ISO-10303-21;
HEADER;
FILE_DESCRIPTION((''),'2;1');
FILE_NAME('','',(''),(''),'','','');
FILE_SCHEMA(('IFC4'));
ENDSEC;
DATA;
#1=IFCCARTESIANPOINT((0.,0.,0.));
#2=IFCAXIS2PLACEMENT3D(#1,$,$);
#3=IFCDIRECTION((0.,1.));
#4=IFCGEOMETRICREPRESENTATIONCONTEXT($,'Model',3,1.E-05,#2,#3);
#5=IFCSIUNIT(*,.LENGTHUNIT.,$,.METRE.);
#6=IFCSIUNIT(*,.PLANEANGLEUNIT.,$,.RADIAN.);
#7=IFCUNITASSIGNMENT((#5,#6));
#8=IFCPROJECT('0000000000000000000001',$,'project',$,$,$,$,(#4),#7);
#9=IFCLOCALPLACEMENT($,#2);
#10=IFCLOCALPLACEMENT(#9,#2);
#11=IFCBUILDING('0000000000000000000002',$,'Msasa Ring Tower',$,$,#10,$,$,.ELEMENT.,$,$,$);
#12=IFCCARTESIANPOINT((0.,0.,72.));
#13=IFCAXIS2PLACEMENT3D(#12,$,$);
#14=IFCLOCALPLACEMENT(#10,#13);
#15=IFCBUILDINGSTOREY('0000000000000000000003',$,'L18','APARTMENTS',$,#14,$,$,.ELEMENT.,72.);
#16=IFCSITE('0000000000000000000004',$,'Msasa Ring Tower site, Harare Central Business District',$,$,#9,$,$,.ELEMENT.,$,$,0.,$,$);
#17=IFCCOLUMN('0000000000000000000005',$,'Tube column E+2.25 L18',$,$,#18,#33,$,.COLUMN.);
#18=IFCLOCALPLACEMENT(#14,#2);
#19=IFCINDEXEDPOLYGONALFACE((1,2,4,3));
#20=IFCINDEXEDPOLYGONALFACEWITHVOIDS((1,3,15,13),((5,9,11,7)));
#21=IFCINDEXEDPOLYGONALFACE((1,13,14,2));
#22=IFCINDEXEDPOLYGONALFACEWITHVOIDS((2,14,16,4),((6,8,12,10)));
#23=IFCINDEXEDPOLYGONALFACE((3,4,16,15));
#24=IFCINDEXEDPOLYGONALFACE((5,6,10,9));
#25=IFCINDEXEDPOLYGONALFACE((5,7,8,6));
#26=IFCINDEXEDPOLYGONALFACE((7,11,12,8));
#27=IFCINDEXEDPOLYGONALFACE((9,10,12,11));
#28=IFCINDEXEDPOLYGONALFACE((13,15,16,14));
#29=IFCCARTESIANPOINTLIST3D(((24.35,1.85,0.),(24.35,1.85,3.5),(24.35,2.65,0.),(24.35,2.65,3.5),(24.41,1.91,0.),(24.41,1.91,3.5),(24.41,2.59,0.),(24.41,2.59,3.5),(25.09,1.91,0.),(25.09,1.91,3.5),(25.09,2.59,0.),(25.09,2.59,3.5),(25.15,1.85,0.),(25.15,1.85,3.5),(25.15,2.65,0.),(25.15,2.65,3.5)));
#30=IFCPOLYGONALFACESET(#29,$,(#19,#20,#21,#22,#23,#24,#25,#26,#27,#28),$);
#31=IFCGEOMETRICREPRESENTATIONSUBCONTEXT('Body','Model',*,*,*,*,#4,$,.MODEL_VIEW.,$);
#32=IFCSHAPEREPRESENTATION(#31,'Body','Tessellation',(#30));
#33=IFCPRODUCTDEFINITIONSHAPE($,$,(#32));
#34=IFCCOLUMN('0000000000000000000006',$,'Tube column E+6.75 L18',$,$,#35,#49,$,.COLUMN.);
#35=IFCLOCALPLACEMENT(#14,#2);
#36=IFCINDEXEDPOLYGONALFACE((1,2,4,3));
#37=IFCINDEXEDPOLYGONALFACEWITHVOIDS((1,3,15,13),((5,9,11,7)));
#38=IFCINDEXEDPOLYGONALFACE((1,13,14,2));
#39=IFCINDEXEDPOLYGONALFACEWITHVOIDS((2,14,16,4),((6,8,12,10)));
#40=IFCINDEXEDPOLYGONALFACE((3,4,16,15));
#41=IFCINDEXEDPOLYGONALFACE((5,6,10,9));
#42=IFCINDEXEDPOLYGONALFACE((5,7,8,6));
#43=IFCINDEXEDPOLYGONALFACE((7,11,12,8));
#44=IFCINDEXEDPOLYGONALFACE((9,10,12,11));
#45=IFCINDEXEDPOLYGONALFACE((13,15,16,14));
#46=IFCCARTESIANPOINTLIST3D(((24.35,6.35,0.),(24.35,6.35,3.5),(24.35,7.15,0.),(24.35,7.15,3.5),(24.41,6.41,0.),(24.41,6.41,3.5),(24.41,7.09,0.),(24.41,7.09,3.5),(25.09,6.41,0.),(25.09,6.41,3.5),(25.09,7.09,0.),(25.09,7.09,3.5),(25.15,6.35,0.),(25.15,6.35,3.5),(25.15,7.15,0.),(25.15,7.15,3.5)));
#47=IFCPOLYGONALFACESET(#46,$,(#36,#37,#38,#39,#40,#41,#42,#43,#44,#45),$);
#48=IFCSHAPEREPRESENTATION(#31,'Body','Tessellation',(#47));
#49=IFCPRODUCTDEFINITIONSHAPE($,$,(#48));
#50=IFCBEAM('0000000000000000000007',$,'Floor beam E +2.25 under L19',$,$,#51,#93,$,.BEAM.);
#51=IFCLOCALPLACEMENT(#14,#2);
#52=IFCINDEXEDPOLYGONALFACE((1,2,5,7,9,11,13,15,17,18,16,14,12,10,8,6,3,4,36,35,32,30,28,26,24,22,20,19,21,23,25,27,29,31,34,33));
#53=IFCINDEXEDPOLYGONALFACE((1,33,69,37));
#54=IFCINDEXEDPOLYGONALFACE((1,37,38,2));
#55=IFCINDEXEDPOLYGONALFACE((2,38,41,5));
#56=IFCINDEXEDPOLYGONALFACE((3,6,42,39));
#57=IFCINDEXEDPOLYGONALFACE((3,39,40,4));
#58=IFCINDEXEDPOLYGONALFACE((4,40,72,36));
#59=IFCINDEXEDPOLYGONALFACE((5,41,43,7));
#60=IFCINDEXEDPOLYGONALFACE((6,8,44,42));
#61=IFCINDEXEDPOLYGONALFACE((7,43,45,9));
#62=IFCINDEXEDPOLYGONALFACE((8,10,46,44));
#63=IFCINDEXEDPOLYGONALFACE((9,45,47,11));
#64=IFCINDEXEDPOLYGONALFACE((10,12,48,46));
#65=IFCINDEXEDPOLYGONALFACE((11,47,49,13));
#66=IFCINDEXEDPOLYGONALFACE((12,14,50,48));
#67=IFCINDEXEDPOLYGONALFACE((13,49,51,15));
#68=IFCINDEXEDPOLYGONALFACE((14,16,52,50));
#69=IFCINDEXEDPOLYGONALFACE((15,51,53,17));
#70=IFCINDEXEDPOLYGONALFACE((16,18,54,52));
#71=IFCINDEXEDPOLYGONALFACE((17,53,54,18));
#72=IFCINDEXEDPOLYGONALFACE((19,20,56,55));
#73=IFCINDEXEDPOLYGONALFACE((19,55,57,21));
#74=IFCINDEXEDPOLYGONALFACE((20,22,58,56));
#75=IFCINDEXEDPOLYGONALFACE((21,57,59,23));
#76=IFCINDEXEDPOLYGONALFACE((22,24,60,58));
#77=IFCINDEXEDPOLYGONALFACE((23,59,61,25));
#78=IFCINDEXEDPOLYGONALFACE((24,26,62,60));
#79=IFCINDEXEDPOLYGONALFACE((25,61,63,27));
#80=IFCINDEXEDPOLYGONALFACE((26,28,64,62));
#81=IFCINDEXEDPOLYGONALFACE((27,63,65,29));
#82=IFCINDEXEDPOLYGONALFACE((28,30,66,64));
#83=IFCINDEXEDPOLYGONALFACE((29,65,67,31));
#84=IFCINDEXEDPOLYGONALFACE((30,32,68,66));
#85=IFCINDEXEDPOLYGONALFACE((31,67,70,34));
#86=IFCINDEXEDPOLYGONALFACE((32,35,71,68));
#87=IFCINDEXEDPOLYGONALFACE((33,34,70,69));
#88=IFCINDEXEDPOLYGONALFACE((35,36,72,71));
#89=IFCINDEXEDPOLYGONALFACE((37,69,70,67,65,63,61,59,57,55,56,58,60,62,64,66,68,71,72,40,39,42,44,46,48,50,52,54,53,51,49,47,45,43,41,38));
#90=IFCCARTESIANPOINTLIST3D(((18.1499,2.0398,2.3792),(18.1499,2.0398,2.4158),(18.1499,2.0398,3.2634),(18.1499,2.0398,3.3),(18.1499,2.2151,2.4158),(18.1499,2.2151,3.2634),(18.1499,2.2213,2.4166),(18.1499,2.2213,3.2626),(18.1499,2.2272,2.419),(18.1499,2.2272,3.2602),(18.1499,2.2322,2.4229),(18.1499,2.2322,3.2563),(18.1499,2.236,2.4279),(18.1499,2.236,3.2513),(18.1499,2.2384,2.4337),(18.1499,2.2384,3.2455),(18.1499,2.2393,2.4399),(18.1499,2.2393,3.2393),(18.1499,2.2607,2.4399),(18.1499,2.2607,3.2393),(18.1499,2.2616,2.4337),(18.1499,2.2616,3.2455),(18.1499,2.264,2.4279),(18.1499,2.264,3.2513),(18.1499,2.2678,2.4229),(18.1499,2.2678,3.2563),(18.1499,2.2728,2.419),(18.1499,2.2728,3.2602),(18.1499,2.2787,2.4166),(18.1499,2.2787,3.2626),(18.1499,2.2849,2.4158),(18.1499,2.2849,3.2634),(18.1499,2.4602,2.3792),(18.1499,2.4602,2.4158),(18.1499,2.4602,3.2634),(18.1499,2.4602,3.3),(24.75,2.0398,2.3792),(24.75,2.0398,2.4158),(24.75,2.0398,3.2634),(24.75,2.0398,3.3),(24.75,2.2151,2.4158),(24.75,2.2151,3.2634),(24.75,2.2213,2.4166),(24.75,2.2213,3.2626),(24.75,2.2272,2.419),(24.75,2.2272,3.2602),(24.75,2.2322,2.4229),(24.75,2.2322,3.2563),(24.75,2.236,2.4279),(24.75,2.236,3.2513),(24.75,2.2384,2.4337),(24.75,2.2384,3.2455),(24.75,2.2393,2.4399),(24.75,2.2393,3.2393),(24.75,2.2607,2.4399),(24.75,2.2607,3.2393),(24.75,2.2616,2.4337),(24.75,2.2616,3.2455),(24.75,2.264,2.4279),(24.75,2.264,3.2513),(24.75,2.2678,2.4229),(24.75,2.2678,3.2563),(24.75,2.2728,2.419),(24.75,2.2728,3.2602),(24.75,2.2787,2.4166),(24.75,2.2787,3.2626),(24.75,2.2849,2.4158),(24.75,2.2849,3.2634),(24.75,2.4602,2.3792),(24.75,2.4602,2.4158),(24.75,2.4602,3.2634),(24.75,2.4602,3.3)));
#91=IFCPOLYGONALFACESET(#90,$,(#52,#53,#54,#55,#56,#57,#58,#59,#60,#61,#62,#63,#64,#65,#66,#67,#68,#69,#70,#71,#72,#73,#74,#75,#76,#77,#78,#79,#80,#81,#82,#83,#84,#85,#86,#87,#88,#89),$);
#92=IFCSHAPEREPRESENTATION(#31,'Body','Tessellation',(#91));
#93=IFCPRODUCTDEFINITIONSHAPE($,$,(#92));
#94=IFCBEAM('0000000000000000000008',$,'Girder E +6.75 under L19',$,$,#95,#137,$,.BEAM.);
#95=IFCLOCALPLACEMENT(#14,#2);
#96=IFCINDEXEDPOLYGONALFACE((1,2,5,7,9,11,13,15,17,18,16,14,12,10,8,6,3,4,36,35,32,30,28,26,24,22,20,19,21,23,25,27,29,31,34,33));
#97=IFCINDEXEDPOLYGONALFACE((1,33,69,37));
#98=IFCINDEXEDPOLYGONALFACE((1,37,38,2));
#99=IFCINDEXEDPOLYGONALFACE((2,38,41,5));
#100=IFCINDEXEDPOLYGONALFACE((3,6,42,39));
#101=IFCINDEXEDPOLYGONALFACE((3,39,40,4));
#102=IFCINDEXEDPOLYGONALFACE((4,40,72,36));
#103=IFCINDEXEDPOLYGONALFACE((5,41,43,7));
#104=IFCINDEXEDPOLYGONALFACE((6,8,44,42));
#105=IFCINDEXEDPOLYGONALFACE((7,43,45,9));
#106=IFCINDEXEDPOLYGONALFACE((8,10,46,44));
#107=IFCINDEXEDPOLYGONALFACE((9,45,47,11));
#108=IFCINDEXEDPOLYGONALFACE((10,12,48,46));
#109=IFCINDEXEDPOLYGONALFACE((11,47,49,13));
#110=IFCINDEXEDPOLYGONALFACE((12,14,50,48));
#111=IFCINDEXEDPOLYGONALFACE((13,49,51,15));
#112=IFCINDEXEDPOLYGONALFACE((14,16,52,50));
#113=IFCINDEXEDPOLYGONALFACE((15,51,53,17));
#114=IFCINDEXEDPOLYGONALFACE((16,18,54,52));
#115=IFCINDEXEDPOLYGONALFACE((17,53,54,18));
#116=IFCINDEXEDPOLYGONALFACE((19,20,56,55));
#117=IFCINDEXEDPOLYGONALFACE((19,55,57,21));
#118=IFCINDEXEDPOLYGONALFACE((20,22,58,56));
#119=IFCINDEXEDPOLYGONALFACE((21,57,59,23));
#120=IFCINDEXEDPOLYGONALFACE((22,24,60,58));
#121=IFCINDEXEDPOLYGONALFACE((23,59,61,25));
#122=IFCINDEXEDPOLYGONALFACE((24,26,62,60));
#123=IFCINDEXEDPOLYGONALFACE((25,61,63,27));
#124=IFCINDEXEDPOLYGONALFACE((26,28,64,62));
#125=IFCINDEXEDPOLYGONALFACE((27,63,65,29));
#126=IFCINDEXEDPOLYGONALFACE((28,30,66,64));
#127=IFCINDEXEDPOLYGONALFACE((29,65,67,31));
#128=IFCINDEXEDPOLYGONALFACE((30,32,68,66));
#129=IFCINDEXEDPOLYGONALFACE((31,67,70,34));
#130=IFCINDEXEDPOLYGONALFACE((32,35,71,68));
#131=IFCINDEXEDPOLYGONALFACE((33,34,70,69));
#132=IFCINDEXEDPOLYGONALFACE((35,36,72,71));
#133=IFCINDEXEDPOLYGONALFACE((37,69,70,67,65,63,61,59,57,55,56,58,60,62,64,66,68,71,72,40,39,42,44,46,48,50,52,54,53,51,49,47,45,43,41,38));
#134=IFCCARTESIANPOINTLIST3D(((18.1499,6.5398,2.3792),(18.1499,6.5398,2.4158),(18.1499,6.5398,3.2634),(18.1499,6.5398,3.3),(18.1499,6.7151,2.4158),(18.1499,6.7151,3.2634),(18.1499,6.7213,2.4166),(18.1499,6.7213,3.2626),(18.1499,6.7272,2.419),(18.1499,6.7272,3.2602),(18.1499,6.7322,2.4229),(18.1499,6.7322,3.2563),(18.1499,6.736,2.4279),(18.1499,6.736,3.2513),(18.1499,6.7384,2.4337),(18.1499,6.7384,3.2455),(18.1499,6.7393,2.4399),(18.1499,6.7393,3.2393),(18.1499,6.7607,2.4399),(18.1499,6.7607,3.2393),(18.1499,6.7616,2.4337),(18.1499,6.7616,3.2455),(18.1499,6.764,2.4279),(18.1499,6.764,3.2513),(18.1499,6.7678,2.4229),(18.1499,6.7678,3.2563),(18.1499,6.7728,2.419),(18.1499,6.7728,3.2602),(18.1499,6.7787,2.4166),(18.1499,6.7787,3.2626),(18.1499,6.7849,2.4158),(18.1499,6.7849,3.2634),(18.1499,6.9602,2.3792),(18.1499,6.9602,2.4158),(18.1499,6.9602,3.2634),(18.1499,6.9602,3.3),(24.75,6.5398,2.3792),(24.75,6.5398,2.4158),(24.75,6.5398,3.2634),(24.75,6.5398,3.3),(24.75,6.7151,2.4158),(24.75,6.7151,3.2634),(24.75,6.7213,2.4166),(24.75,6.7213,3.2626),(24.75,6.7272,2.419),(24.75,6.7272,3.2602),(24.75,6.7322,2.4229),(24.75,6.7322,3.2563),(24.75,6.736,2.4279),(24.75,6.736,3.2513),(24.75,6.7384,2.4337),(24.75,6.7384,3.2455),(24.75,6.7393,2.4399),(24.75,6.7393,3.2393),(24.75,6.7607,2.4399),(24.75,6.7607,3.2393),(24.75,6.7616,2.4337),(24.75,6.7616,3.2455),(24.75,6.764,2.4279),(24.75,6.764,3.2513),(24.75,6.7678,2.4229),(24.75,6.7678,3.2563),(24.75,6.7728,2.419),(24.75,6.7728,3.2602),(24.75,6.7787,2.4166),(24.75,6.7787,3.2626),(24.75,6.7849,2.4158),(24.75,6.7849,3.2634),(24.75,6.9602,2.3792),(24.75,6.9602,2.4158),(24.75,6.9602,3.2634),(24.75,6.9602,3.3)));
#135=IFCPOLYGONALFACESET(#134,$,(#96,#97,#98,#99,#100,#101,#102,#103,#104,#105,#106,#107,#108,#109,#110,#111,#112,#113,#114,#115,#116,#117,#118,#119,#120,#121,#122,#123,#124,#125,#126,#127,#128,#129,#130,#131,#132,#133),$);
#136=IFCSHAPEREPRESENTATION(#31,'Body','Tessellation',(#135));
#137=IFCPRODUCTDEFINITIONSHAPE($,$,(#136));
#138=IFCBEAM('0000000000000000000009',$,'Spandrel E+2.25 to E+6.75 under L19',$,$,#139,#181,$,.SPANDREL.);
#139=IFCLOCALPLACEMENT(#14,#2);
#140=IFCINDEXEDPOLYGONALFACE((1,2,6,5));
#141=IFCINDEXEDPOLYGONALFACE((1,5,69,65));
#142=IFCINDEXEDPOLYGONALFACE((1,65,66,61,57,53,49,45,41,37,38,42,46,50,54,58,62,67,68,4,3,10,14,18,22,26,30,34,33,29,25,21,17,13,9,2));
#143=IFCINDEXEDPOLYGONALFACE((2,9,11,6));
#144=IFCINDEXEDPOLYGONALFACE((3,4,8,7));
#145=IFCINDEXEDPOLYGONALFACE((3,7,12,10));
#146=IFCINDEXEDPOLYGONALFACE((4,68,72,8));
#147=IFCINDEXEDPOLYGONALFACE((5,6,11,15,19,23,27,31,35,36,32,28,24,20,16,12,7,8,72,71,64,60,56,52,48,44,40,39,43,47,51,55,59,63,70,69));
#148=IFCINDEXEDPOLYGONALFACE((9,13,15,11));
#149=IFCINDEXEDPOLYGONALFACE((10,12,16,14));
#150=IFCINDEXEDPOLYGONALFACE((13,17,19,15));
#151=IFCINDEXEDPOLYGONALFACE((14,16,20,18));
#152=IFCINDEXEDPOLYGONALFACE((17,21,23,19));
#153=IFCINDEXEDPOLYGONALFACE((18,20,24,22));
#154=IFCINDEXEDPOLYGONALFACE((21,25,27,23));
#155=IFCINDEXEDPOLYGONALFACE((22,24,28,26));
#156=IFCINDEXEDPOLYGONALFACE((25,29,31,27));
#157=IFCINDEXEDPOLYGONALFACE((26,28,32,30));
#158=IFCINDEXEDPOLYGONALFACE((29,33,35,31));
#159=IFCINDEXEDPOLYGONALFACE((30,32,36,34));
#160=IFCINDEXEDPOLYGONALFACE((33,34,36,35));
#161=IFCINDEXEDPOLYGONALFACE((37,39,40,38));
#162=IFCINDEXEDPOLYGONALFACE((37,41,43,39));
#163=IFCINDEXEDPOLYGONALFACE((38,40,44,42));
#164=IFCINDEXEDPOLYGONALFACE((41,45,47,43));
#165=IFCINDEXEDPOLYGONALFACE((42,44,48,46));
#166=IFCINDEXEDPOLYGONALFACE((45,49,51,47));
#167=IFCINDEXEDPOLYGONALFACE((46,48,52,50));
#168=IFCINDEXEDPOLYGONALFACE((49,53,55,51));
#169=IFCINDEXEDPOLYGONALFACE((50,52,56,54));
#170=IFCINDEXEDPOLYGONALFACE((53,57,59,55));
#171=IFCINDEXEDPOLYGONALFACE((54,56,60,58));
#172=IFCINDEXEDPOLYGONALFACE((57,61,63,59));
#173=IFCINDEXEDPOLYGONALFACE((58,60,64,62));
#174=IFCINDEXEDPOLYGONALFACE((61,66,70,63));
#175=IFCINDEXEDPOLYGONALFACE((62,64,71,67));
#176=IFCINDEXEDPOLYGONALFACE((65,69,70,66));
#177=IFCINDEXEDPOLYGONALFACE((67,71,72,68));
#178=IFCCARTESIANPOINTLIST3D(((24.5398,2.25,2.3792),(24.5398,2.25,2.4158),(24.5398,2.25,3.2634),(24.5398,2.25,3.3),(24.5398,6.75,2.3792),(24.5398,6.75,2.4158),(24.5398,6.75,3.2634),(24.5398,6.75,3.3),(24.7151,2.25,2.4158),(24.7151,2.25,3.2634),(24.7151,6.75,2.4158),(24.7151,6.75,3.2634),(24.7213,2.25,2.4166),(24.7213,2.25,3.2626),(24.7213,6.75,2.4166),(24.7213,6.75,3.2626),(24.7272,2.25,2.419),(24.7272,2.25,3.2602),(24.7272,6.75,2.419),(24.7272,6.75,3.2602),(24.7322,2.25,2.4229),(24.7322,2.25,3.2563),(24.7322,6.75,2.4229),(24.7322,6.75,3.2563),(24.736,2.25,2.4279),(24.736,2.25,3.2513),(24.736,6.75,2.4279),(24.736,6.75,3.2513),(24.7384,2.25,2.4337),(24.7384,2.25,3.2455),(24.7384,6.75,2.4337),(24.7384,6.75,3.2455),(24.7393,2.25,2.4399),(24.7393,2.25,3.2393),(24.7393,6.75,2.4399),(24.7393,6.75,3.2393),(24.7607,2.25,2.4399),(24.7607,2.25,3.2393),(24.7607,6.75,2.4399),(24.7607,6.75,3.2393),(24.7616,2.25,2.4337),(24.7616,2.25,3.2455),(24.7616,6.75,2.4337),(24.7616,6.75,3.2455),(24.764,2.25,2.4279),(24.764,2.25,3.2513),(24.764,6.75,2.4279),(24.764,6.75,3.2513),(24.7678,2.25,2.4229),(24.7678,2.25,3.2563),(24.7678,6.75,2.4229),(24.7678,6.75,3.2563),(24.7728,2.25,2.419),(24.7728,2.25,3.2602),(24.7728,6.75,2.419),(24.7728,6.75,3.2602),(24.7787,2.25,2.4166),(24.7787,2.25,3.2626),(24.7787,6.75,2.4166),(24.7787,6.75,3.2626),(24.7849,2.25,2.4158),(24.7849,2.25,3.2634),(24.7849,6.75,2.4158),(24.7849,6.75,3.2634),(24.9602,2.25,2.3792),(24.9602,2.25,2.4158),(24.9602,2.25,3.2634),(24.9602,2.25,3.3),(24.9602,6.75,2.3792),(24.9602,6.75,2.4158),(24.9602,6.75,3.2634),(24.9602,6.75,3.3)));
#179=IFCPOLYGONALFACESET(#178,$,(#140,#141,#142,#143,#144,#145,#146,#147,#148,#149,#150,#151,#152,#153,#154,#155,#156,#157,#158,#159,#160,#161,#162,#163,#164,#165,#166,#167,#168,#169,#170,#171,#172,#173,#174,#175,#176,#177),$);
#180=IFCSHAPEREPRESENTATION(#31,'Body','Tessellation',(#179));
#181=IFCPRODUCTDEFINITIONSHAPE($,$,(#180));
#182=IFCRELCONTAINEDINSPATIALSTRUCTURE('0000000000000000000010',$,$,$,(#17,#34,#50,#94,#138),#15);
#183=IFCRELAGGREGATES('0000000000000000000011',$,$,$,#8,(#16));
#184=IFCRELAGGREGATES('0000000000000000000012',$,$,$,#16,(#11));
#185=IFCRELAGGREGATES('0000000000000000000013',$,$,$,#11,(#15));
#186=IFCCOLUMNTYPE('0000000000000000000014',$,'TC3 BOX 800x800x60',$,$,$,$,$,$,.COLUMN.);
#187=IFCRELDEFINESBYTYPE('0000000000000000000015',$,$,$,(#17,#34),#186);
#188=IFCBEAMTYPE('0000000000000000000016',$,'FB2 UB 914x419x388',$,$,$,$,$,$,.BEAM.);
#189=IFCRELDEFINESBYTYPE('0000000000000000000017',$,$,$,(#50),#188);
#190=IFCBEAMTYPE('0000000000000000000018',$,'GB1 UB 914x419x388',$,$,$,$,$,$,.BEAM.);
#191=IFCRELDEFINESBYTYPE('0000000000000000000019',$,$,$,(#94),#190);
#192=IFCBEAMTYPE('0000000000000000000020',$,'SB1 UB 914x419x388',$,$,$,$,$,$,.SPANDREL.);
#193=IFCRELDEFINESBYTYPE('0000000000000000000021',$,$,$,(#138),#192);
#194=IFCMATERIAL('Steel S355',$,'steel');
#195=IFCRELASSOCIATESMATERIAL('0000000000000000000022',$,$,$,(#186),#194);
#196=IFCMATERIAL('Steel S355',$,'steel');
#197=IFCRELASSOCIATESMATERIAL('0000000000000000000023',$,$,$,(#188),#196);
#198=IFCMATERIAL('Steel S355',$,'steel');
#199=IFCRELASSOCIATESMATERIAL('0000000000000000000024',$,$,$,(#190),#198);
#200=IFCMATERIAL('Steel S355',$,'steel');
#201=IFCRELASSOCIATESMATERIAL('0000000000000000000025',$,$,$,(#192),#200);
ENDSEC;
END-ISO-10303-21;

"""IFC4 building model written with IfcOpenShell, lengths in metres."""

from ifc_helpers import new_model, si_unit, direction, frame, origin, origin_2d, place, context, subcontext, project, spatial, hollow_rectangle, i_section, extrude, material, material_profile, profile_set, type_object, element, save


model = new_model("IFC4")

# Units and contexts
model_context = context("Model", 3, precision=1e-05, world=origin(), true_north=direction((0.0, 1.0)))
body_context = subcontext(model_context, "Body", "Model", "MODEL_VIEW")
ifc_project = project(units=[si_unit("LENGTHUNIT", "METRE"), si_unit("PLANEANGLEUNIT", "RADIAN")], contexts=[model_context])

# Site, building, storey
site_placement = place(None, origin())
site = spatial("IfcSite", under=ifc_project, at=site_placement, Name="Msasa Ring Tower site, Harare Central Business District", CompositionType="ELEMENT", RefElevation=0.0)
building_placement = place(site_placement, origin())
building = spatial("IfcBuilding", under=site, at=building_placement, Name="Msasa Ring Tower", CompositionType="ELEMENT")
storey_placement = place(building_placement, frame((0.0, 0.0, 72.0)))
storey = spatial("IfcBuildingStorey", under=building, at=storey_placement, Name="L18", Description="APARTMENTS", CompositionType="ELEMENT", Elevation=72.0)

# Columns
ifc_material_1 = material(Name="Steel S355", Category="steel")
ifc_material_profile_1 = material_profile(ifc_material_1, hollow_rectangle(XDim=0.8, YDim=0.8, WallThickness=0.0601, at=origin_2d()), Name="BOX 800x800x60")
ifc_profile_set_1 = profile_set([ifc_material_profile_1], Name="Steel S355")
column_type = type_object("IfcColumnType", Name="TC3 BOX 800x800x60", PredefinedType="COLUMN", material=ifc_profile_set_1)
for number, where, z_axis, x_axis, name in (
    (1, (24.75, 2.25, 0.0), (0.0, 0.0, 1.0), (1.0, 0.0, 0.0), "Tube column E+2.25 L18"),
    (2, (24.75, 6.75, 0.0), (0.0, 0.0, 1.0), (1.0, 0.0, 0.0), "Tube column E+6.75 L18"),
):
    element("IfcColumn", number, at=place(storey_placement, frame(where, z_axis=z_axis, x_axis=x_axis)), inside=storey, type_object=column_type, Name=name, PredefinedType="COLUMN", context=body_context, shape_type="SweptSolid", body=[
        extrude(hollow_rectangle(XDim=0.8, YDim=0.8, WallThickness=0.0601, at=origin_2d()), origin(), (0.0, 0.0, 1.0), 3.5),
    ])

# Beams
ifc_material_2 = material(Name="Steel S355", Category="steel")
ifc_material_profile_2 = material_profile(ifc_material_2, i_section(OverallWidth=0.4204, OverallDepth=0.9209, WebThickness=0.0215, FlangeThickness=0.0366, FilletRadius=0.0242, at=origin_2d()), Name="UB 914x419x388")
ifc_profile_set_2 = profile_set([ifc_material_profile_2], Name="Steel S355")
beam_type_1 = type_object("IfcBeamType", Name="FB2 UB 914x419x388", PredefinedType="BEAM", material=ifc_profile_set_2)
beam_1_placement = place(storey_placement, frame((24.75, 2.25, 2.8396), z_axis=(-1.0, 0.0, 0.0), x_axis=(0.0, -1.0, 0.0)))
element("IfcBeam", 3, at=beam_1_placement, inside=storey, type_object=beam_type_1, Name="Floor beam E +2.25 under L19", PredefinedType="BEAM", context=body_context, shape_type="SweptSolid", body=[
    extrude(i_section(OverallWidth=0.4204, OverallDepth=0.9209, WebThickness=0.0215, FlangeThickness=0.0366, FilletRadius=0.0242, at=origin_2d()), origin(), (0.0, 0.0, 1.0), 6.6001),
])
ifc_material_3 = material(Name="Steel S355", Category="steel")
ifc_material_profile_3 = material_profile(ifc_material_3, i_section(OverallWidth=0.4204, OverallDepth=0.9209, WebThickness=0.0215, FlangeThickness=0.0366, FilletRadius=0.0242, at=origin_2d()), Name="UB 914x419x388")
ifc_profile_set_3 = profile_set([ifc_material_profile_3], Name="Steel S355")
beam_type_2 = type_object("IfcBeamType", Name="GB1 UB 914x419x388", PredefinedType="BEAM", material=ifc_profile_set_3)
beam_2_placement = place(storey_placement, frame((18.1499, 6.75, 2.8396), z_axis=(1.0, 0.0, 0.0), x_axis=(0.0, 1.0, 0.0)))
element("IfcBeam", 4, at=beam_2_placement, inside=storey, type_object=beam_type_2, Name="Girder E +6.75 under L19", PredefinedType="BEAM", context=body_context, shape_type="SweptSolid", body=[
    extrude(i_section(OverallWidth=0.4204, OverallDepth=0.9209, WebThickness=0.0215, FlangeThickness=0.0366, FilletRadius=0.0242, at=origin_2d()), origin(), (0.0, 0.0, 1.0), 6.6001),
])
ifc_material_4 = material(Name="Steel S355", Category="steel")
ifc_material_profile_4 = material_profile(ifc_material_4, i_section(OverallWidth=0.4204, OverallDepth=0.9209, WebThickness=0.0215, FlangeThickness=0.0366, FilletRadius=0.0242, at=origin_2d()), Name="UB 914x419x388")
ifc_profile_set_4 = profile_set([ifc_material_profile_4], Name="Steel S355")
beam_type_3 = type_object("IfcBeamType", Name="SB1 UB 914x419x388", PredefinedType="SPANDREL", material=ifc_profile_set_4)
for number, where, z_axis, x_axis, name in (
    (5, (24.75, 2.25, 2.8396), (0.0, 1.0, 0.0), (-1.0, 0.0, 0.0), "Spandrel E+2.25 to E+6.75 under L19"),
):
    element("IfcBeam", number, at=place(storey_placement, frame(where, z_axis=z_axis, x_axis=x_axis)), inside=storey, type_object=beam_type_3, Name=name, PredefinedType="SPANDREL", context=body_context, shape_type="SweptSolid", body=[
        extrude(i_section(OverallWidth=0.4204, OverallDepth=0.9209, WebThickness=0.0215, FlangeThickness=0.0366, FilletRadius=0.0242, at=origin_2d()), origin(), (0.0, 0.0, 1.0), 4.5),
    ])

save(model, "model.ifc")
